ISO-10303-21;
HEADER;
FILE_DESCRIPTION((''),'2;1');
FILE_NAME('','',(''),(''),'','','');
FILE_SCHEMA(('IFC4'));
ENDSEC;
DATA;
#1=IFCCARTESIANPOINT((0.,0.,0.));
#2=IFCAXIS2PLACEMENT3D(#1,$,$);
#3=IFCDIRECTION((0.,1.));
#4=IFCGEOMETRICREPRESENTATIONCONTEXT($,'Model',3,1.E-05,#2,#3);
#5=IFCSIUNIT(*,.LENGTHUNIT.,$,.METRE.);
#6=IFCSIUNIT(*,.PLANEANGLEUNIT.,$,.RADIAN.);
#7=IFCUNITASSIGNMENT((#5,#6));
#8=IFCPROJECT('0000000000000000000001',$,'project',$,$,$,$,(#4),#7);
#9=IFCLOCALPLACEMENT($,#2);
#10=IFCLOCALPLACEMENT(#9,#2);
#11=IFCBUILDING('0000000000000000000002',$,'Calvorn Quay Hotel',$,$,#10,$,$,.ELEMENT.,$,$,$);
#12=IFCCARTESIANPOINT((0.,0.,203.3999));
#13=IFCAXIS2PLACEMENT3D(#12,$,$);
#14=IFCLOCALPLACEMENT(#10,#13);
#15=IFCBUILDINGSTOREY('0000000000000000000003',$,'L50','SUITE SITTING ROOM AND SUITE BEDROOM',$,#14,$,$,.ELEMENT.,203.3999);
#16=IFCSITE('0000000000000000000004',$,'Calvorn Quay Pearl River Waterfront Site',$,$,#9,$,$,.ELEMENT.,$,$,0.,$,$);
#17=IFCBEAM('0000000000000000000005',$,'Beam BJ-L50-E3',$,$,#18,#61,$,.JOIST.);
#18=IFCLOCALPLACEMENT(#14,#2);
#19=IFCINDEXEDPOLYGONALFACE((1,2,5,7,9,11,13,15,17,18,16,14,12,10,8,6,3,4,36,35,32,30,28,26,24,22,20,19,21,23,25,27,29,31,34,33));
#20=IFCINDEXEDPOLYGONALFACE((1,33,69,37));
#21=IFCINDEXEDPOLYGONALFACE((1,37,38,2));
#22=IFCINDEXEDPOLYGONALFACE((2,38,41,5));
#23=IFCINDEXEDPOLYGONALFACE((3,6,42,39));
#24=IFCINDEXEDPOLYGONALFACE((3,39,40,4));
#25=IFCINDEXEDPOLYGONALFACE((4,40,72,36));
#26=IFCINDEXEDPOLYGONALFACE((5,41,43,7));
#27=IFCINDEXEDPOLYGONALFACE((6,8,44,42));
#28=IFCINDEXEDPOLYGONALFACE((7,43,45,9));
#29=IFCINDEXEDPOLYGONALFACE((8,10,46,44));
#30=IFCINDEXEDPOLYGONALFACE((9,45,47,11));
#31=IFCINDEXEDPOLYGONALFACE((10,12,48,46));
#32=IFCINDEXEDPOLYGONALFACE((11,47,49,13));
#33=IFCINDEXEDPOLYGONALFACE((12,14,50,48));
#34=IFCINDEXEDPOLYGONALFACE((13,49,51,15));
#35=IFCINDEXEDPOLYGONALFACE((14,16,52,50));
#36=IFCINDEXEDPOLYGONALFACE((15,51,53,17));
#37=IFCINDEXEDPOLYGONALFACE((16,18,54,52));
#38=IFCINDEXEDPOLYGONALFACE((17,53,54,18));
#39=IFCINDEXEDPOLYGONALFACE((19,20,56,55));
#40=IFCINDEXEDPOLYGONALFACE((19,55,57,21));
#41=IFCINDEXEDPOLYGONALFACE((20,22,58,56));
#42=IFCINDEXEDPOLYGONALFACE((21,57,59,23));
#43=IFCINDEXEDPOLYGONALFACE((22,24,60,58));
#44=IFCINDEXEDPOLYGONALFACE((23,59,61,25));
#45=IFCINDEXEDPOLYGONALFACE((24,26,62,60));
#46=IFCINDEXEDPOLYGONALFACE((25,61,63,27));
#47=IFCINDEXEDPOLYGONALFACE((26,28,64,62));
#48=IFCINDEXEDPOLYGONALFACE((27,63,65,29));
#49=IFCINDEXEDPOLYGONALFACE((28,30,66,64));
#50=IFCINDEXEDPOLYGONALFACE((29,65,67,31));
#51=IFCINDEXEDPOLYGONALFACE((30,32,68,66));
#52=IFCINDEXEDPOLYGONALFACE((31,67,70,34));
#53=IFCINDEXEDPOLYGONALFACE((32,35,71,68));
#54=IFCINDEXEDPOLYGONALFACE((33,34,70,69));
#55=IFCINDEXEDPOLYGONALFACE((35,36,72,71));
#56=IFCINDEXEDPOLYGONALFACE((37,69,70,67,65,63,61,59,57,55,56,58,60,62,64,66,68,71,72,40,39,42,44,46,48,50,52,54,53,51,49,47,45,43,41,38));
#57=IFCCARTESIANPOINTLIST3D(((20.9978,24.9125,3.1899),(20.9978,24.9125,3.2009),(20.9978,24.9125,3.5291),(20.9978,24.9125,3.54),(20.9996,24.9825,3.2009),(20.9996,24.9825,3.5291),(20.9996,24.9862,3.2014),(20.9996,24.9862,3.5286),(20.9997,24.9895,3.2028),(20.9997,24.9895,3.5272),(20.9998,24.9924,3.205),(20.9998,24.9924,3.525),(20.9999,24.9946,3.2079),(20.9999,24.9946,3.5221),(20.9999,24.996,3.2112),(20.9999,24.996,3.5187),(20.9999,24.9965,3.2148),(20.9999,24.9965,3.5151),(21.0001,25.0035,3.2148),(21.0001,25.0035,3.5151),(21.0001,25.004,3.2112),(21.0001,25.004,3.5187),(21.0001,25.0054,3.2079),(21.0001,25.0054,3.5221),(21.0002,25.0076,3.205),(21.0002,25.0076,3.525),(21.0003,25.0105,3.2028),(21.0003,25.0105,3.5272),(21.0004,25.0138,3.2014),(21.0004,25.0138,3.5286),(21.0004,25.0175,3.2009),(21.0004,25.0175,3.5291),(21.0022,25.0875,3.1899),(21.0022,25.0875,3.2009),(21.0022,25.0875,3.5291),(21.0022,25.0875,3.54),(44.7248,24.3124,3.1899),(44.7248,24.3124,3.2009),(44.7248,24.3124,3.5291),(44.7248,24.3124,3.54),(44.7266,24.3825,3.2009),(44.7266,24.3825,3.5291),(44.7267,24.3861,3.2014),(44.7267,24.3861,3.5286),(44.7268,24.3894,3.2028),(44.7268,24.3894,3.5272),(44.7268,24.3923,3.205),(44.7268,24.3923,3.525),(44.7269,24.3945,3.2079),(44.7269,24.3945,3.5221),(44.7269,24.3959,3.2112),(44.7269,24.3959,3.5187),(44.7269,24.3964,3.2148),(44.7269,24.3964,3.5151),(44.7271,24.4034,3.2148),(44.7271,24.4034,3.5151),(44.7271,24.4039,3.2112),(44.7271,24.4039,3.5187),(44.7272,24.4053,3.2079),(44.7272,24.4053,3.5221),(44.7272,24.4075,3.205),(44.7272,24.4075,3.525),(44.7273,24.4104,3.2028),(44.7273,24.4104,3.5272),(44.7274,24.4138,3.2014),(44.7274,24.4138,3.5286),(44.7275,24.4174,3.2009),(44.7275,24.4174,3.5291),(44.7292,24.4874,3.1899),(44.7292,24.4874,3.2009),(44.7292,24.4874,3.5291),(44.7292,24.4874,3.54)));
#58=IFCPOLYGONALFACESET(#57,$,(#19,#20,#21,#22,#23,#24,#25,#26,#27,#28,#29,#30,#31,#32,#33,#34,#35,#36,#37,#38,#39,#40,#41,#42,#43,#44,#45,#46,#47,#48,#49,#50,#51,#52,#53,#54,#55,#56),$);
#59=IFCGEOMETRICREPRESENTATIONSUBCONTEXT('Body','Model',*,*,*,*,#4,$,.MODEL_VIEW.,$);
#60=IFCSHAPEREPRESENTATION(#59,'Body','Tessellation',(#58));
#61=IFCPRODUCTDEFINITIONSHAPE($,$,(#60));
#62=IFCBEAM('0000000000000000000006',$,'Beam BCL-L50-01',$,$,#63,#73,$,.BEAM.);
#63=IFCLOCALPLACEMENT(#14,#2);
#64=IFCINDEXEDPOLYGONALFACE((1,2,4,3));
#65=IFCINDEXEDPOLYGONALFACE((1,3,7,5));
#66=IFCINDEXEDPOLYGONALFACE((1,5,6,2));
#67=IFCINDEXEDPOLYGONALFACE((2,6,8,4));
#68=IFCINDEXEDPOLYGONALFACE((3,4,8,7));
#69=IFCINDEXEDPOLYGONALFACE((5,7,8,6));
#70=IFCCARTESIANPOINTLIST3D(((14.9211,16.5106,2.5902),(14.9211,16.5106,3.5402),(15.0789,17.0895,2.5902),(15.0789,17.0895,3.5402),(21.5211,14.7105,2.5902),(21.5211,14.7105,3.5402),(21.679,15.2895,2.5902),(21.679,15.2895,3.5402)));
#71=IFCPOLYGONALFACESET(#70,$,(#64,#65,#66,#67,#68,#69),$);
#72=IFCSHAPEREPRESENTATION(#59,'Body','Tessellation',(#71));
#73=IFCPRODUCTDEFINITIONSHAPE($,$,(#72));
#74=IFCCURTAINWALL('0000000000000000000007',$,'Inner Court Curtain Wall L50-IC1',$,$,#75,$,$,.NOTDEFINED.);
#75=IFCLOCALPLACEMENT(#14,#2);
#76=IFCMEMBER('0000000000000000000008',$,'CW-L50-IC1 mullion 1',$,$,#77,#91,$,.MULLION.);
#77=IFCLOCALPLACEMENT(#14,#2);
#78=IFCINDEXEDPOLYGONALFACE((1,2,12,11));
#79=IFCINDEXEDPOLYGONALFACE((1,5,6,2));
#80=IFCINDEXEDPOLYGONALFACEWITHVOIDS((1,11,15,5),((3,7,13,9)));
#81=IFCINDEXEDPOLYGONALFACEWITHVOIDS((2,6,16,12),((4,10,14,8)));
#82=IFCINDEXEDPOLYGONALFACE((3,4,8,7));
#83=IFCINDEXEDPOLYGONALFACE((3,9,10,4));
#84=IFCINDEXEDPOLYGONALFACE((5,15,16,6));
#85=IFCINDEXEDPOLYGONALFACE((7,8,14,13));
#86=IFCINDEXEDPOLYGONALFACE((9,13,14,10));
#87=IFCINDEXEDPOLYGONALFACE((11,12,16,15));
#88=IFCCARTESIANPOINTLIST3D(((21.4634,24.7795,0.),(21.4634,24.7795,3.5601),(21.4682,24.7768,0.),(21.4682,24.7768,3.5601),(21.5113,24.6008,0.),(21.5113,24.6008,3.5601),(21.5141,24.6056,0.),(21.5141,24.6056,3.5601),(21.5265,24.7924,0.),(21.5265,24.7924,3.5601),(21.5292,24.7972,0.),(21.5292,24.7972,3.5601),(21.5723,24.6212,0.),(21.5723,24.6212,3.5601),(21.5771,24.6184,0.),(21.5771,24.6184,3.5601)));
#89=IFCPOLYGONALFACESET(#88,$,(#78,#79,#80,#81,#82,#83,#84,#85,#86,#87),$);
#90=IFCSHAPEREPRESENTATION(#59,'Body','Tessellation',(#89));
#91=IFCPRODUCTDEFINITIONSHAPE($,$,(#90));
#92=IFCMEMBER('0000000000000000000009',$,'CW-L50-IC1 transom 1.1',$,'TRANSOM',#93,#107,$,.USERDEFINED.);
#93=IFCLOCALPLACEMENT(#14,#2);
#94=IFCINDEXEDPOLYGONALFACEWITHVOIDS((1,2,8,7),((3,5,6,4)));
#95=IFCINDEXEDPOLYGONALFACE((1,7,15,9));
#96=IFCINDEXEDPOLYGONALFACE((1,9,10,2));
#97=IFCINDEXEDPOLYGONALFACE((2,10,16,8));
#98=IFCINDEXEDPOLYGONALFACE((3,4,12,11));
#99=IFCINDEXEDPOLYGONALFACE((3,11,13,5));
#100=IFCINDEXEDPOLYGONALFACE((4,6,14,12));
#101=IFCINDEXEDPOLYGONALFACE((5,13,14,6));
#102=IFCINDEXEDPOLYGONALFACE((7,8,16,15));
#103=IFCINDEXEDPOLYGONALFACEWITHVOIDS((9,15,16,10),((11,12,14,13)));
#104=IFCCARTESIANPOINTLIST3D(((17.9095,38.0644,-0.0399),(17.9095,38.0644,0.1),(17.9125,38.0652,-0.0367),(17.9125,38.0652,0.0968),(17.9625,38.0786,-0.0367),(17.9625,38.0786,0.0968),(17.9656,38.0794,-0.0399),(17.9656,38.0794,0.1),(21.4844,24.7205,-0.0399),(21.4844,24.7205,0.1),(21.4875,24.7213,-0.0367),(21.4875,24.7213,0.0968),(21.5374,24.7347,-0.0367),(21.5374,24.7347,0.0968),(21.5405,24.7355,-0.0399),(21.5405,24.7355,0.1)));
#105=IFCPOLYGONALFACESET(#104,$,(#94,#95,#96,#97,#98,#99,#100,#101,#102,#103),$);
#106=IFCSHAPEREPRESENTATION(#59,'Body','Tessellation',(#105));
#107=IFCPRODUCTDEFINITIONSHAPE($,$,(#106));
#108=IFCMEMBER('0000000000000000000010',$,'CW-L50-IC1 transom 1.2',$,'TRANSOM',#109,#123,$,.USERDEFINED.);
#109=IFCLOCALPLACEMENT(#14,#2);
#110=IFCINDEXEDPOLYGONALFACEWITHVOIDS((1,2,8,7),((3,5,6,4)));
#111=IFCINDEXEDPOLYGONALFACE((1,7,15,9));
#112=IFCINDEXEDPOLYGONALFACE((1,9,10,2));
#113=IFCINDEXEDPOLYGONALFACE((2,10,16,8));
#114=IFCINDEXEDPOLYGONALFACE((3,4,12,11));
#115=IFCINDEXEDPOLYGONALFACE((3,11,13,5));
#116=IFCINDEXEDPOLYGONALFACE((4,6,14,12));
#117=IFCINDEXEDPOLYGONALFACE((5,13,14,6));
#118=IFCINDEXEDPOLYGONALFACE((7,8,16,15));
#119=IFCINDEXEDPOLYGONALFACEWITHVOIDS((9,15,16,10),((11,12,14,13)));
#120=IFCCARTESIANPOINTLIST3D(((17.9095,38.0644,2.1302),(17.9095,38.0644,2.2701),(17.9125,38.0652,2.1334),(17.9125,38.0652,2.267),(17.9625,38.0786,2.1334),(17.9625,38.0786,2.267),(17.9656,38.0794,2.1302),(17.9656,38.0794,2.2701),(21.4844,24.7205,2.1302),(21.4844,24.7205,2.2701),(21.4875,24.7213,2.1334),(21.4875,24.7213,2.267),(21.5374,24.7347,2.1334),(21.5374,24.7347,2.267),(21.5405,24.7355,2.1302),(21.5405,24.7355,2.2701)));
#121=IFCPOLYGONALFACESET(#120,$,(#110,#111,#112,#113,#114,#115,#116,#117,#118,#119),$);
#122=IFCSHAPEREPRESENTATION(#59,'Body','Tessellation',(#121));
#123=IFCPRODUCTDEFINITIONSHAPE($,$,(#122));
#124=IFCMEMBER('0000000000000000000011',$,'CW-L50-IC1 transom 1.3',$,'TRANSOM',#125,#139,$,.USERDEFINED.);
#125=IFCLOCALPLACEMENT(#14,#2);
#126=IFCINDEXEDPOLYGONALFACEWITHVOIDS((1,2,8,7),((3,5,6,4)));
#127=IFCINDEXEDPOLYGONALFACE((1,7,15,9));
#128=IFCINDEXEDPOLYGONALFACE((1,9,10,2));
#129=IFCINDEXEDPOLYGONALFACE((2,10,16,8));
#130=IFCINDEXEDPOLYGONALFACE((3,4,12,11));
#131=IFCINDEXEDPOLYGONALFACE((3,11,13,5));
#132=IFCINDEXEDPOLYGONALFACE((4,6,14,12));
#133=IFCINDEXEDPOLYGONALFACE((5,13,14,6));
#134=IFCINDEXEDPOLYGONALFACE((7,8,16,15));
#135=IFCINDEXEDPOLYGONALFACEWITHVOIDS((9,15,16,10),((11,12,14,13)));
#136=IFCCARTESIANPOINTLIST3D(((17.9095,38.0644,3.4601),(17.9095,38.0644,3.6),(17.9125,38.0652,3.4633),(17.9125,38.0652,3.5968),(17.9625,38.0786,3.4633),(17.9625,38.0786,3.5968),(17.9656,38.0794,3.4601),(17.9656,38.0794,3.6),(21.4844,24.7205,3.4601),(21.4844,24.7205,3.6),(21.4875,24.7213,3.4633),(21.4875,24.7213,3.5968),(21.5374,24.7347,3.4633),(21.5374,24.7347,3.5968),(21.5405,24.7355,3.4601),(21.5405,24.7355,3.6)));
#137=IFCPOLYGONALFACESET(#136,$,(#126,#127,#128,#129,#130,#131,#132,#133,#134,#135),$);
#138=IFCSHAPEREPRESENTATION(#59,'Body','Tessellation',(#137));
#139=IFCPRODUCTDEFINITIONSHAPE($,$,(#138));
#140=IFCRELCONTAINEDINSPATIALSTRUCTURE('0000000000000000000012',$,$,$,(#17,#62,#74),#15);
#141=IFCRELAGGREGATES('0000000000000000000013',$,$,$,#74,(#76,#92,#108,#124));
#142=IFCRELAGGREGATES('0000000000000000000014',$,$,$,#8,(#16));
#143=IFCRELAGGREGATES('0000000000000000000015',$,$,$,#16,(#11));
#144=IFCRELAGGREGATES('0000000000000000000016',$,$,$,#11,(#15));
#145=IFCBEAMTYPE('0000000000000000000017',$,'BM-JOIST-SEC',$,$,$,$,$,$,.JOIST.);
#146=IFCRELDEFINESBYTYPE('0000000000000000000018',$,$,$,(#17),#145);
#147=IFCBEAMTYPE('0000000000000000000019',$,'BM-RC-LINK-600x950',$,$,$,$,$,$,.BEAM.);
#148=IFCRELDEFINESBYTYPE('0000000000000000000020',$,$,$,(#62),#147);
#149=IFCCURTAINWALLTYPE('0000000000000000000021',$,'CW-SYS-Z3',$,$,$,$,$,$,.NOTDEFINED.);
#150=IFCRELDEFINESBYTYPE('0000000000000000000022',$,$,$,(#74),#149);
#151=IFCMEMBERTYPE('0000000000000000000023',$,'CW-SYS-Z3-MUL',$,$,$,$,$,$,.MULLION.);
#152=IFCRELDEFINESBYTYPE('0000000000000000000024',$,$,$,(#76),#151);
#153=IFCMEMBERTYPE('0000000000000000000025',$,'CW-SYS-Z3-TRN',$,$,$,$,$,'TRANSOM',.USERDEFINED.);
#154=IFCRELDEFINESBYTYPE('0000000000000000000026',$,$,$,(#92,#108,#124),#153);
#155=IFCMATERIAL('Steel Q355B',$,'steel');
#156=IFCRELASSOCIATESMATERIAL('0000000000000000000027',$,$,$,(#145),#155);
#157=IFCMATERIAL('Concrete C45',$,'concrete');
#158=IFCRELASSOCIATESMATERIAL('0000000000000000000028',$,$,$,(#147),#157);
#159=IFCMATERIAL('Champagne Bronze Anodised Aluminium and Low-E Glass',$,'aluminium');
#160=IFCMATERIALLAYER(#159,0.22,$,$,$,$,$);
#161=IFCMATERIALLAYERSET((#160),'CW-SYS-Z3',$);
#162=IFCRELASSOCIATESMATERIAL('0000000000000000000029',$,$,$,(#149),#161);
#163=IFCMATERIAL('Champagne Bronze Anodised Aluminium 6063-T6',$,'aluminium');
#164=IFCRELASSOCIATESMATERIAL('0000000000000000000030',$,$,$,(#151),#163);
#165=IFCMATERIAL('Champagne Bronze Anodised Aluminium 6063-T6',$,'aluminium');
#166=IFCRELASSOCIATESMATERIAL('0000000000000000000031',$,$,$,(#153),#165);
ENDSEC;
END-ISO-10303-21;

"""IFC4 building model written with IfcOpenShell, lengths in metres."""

from ifc_helpers import new_model, si_unit, direction, frame, origin, origin_2d, place, context, subcontext, project, spatial, rectangle, hollow_rectangle, i_section, extrude, material, layer, layer_set, material_profile, profile_set, type_object, element, aggregate, save


model = new_model("IFC4")

# Units and contexts
model_context = context("Model", 3, precision=1e-05, world=origin(), true_north=direction((0.0, 1.0)))
body_context = subcontext(model_context, "Body", "Model", "MODEL_VIEW")
ifc_project = project(units=[si_unit("LENGTHUNIT", "METRE"), si_unit("PLANEANGLEUNIT", "RADIAN")], contexts=[model_context])

# Site, building, storey
site_placement = place(None, origin())
site = spatial("IfcSite", under=ifc_project, at=site_placement, Name="Calvorn Quay Pearl River Waterfront Site", CompositionType="ELEMENT", RefElevation=0.0)
building_placement = place(site_placement, origin())
building = spatial("IfcBuilding", under=site, at=building_placement, Name="Calvorn Quay Hotel", CompositionType="ELEMENT")
storey_placement = place(building_placement, frame((0.0, 0.0, 203.3999)))
storey = spatial("IfcBuildingStorey", under=building, at=storey_placement, Name="L50", Description="SUITE SITTING ROOM AND SUITE BEDROOM", CompositionType="ELEMENT", Elevation=203.3999)

# Beams
ifc_material_1 = material(Name="Steel Q355B", Category="steel")
ifc_material_profile_1 = material_profile(ifc_material_1, i_section(OverallWidth=0.175, OverallDepth=0.3501, WebThickness=0.0071, FlangeThickness=0.011, FilletRadius=0.0139, at=origin_2d()), Name="HN350x175x7x11")
ifc_profile_set_1 = profile_set([ifc_material_profile_1], Name="Steel Q355B")
beam_type_1 = type_object("IfcBeamType", Name="BM-JOIST-SEC", PredefinedType="JOIST", material=ifc_profile_set_1)
beam_1_placement = place(storey_placement, frame((21.0, 25.0, 3.365), z_axis=(0.99968, -0.025284, 0.0), x_axis=(0.025284, 0.99968, 0.0)))
element("IfcBeam", 1, at=beam_1_placement, inside=storey, type_object=beam_type_1, Name="Beam BJ-L50-E3", PredefinedType="JOIST", context=body_context, shape_type="SweptSolid", body=[
    extrude(i_section(OverallWidth=0.175, OverallDepth=0.3501, WebThickness=0.0071, FlangeThickness=0.011, FilletRadius=0.0139, at=origin_2d()), origin(), (0.0, 0.0, 1.0), 23.7346),
])
ifc_material_2 = material(Name="Concrete C45", Category="concrete")
ifc_material_profile_2 = material_profile(ifc_material_2, rectangle(XDim=0.6001, YDim=0.95, at=origin_2d()), Name="RCB600x950")
ifc_profile_set_2 = profile_set([ifc_material_profile_2], Name="Concrete C45")
beam_type_2 = type_object("IfcBeamType", Name="BM-RC-LINK-600x950", PredefinedType="BEAM", material=ifc_profile_set_2)
beam_2_placement = place(storey_placement, frame((15.0, 16.8, 3.0652), z_axis=(0.964763, -0.26312, 0.0), x_axis=(0.26312, 0.964763, 0.0)))
element("IfcBeam", 2, at=beam_2_placement, inside=storey, type_object=beam_type_2, Name="Beam BCL-L50-01", PredefinedType="BEAM", context=body_context, shape_type="SweptSolid", body=[
    extrude(rectangle(XDim=0.6001, YDim=0.95, at=origin_2d()), origin(), (0.0, 0.0, 1.0), 6.8411),
])

# Curtain wall, members
ifc_material_3 = material(Name="Champagne Bronze Anodised Aluminium and Low-E Glass", Category="aluminium")
ifc_layer_1 = layer(ifc_material_3, 0.22)
ifc_layer_set_1 = layer_set([ifc_layer_1], Name="CW-SYS-Z3")
curtain_wall_type = type_object("IfcCurtainWallType", Name="CW-SYS-Z3", PredefinedType="NOTDEFINED", material=ifc_layer_set_1)
curtain_wall_placement = place(storey_placement, origin())
curtain_wall = element("IfcCurtainWall", 3, at=curtain_wall_placement, inside=storey, type_object=curtain_wall_type, Name="Inner Court Curtain Wall L50-IC1", PredefinedType="NOTDEFINED")
ifc_material_4 = material(Name="Champagne Bronze Anodised Aluminium 6063-T6", Category="aluminium")
ifc_material_profile_3 = material_profile(ifc_material_4, hollow_rectangle(XDim=0.0681, YDim=0.1851, WallThickness=0.0039, at=origin_2d()), Name="ALU-M185x68x4")
ifc_profile_set_3 = profile_set([ifc_material_profile_3], Name="Champagne Bronze Anodised Aluminium 6063-T6")
member_type_1 = type_object("IfcMemberType", Name="CW-SYS-Z3-MUL", PredefinedType="MULLION", material=ifc_profile_set_3)
member_1_placement = place(storey_placement, frame((21.5203, 24.699, 0.0), z_axis=(0.0, 0.0, 1.0), x_axis=(-0.965937, -0.258779, 0.0)))
member_1 = element("IfcMember", 4, at=member_1_placement, type_object=member_type_1, Name="CW-L50-IC1 mullion 1", PredefinedType="MULLION", context=body_context, shape_type="SweptSolid", body=[
    extrude(hollow_rectangle(XDim=0.0681, YDim=0.1851, WallThickness=0.0039, at=origin_2d()), origin(), (0.0, 0.0, 1.0), 3.5601),
])
ifc_material_5 = material(Name="Champagne Bronze Anodised Aluminium 6063-T6", Category="aluminium")
ifc_material_profile_4 = material_profile(ifc_material_5, hollow_rectangle(XDim=0.0581, YDim=0.1399, WallThickness=0.0032, at=origin_2d()), Name="ALU-T140x58x3.2")
ifc_profile_set_4 = profile_set([ifc_material_profile_4], Name="Champagne Bronze Anodised Aluminium 6063-T6")
member_type_2 = type_object("IfcMemberType", Name="CW-SYS-Z3-TRN", ElementType="TRANSOM", PredefinedType="USERDEFINED", material=ifc_profile_set_4)
member_2_placement = place(storey_placement, frame((21.5125, 24.728, 0.03), z_axis=(-0.258781, 0.965936, 0.0), x_axis=(-0.965936, -0.258781, 0.0)))
member_2 = element("IfcMember", 5, at=member_2_placement, type_object=member_type_2, Name="CW-L50-IC1 transom 1.1", ObjectType="TRANSOM", PredefinedType="USERDEFINED", context=body_context, shape_type="SweptSolid", body=[
    extrude(hollow_rectangle(XDim=0.0581, YDim=0.1399, WallThickness=0.0032, at=origin_2d()), origin(), (0.0, 0.0, 1.0), 13.8145),
])
member_3_placement = place(storey_placement, frame((21.5125, 24.728, 2.2002), z_axis=(-0.258781, 0.965936, 0.0), x_axis=(-0.965936, -0.258781, 0.0)))
member_3 = element("IfcMember", 6, at=member_3_placement, type_object=member_type_2, Name="CW-L50-IC1 transom 1.2", ObjectType="TRANSOM", PredefinedType="USERDEFINED", context=body_context, shape_type="SweptSolid", body=[
    extrude(hollow_rectangle(XDim=0.0581, YDim=0.1399, WallThickness=0.0032, at=origin_2d()), origin(), (0.0, 0.0, 1.0), 13.8145),
])
member_4_placement = place(storey_placement, frame((21.5125, 24.728, 3.53), z_axis=(-0.258781, 0.965936, 0.0), x_axis=(-0.965936, -0.258781, 0.0)))
member_4 = element("IfcMember", 7, at=member_4_placement, type_object=member_type_2, Name="CW-L50-IC1 transom 1.3", ObjectType="TRANSOM", PredefinedType="USERDEFINED", context=body_context, shape_type="SweptSolid", body=[
    extrude(hollow_rectangle(XDim=0.0581, YDim=0.1399, WallThickness=0.0032, at=origin_2d()), origin(), (0.0, 0.0, 1.0), 13.8145),
])
aggregate(curtain_wall, [member_1, member_2, member_3, member_4])

save(model, "model.ifc")
